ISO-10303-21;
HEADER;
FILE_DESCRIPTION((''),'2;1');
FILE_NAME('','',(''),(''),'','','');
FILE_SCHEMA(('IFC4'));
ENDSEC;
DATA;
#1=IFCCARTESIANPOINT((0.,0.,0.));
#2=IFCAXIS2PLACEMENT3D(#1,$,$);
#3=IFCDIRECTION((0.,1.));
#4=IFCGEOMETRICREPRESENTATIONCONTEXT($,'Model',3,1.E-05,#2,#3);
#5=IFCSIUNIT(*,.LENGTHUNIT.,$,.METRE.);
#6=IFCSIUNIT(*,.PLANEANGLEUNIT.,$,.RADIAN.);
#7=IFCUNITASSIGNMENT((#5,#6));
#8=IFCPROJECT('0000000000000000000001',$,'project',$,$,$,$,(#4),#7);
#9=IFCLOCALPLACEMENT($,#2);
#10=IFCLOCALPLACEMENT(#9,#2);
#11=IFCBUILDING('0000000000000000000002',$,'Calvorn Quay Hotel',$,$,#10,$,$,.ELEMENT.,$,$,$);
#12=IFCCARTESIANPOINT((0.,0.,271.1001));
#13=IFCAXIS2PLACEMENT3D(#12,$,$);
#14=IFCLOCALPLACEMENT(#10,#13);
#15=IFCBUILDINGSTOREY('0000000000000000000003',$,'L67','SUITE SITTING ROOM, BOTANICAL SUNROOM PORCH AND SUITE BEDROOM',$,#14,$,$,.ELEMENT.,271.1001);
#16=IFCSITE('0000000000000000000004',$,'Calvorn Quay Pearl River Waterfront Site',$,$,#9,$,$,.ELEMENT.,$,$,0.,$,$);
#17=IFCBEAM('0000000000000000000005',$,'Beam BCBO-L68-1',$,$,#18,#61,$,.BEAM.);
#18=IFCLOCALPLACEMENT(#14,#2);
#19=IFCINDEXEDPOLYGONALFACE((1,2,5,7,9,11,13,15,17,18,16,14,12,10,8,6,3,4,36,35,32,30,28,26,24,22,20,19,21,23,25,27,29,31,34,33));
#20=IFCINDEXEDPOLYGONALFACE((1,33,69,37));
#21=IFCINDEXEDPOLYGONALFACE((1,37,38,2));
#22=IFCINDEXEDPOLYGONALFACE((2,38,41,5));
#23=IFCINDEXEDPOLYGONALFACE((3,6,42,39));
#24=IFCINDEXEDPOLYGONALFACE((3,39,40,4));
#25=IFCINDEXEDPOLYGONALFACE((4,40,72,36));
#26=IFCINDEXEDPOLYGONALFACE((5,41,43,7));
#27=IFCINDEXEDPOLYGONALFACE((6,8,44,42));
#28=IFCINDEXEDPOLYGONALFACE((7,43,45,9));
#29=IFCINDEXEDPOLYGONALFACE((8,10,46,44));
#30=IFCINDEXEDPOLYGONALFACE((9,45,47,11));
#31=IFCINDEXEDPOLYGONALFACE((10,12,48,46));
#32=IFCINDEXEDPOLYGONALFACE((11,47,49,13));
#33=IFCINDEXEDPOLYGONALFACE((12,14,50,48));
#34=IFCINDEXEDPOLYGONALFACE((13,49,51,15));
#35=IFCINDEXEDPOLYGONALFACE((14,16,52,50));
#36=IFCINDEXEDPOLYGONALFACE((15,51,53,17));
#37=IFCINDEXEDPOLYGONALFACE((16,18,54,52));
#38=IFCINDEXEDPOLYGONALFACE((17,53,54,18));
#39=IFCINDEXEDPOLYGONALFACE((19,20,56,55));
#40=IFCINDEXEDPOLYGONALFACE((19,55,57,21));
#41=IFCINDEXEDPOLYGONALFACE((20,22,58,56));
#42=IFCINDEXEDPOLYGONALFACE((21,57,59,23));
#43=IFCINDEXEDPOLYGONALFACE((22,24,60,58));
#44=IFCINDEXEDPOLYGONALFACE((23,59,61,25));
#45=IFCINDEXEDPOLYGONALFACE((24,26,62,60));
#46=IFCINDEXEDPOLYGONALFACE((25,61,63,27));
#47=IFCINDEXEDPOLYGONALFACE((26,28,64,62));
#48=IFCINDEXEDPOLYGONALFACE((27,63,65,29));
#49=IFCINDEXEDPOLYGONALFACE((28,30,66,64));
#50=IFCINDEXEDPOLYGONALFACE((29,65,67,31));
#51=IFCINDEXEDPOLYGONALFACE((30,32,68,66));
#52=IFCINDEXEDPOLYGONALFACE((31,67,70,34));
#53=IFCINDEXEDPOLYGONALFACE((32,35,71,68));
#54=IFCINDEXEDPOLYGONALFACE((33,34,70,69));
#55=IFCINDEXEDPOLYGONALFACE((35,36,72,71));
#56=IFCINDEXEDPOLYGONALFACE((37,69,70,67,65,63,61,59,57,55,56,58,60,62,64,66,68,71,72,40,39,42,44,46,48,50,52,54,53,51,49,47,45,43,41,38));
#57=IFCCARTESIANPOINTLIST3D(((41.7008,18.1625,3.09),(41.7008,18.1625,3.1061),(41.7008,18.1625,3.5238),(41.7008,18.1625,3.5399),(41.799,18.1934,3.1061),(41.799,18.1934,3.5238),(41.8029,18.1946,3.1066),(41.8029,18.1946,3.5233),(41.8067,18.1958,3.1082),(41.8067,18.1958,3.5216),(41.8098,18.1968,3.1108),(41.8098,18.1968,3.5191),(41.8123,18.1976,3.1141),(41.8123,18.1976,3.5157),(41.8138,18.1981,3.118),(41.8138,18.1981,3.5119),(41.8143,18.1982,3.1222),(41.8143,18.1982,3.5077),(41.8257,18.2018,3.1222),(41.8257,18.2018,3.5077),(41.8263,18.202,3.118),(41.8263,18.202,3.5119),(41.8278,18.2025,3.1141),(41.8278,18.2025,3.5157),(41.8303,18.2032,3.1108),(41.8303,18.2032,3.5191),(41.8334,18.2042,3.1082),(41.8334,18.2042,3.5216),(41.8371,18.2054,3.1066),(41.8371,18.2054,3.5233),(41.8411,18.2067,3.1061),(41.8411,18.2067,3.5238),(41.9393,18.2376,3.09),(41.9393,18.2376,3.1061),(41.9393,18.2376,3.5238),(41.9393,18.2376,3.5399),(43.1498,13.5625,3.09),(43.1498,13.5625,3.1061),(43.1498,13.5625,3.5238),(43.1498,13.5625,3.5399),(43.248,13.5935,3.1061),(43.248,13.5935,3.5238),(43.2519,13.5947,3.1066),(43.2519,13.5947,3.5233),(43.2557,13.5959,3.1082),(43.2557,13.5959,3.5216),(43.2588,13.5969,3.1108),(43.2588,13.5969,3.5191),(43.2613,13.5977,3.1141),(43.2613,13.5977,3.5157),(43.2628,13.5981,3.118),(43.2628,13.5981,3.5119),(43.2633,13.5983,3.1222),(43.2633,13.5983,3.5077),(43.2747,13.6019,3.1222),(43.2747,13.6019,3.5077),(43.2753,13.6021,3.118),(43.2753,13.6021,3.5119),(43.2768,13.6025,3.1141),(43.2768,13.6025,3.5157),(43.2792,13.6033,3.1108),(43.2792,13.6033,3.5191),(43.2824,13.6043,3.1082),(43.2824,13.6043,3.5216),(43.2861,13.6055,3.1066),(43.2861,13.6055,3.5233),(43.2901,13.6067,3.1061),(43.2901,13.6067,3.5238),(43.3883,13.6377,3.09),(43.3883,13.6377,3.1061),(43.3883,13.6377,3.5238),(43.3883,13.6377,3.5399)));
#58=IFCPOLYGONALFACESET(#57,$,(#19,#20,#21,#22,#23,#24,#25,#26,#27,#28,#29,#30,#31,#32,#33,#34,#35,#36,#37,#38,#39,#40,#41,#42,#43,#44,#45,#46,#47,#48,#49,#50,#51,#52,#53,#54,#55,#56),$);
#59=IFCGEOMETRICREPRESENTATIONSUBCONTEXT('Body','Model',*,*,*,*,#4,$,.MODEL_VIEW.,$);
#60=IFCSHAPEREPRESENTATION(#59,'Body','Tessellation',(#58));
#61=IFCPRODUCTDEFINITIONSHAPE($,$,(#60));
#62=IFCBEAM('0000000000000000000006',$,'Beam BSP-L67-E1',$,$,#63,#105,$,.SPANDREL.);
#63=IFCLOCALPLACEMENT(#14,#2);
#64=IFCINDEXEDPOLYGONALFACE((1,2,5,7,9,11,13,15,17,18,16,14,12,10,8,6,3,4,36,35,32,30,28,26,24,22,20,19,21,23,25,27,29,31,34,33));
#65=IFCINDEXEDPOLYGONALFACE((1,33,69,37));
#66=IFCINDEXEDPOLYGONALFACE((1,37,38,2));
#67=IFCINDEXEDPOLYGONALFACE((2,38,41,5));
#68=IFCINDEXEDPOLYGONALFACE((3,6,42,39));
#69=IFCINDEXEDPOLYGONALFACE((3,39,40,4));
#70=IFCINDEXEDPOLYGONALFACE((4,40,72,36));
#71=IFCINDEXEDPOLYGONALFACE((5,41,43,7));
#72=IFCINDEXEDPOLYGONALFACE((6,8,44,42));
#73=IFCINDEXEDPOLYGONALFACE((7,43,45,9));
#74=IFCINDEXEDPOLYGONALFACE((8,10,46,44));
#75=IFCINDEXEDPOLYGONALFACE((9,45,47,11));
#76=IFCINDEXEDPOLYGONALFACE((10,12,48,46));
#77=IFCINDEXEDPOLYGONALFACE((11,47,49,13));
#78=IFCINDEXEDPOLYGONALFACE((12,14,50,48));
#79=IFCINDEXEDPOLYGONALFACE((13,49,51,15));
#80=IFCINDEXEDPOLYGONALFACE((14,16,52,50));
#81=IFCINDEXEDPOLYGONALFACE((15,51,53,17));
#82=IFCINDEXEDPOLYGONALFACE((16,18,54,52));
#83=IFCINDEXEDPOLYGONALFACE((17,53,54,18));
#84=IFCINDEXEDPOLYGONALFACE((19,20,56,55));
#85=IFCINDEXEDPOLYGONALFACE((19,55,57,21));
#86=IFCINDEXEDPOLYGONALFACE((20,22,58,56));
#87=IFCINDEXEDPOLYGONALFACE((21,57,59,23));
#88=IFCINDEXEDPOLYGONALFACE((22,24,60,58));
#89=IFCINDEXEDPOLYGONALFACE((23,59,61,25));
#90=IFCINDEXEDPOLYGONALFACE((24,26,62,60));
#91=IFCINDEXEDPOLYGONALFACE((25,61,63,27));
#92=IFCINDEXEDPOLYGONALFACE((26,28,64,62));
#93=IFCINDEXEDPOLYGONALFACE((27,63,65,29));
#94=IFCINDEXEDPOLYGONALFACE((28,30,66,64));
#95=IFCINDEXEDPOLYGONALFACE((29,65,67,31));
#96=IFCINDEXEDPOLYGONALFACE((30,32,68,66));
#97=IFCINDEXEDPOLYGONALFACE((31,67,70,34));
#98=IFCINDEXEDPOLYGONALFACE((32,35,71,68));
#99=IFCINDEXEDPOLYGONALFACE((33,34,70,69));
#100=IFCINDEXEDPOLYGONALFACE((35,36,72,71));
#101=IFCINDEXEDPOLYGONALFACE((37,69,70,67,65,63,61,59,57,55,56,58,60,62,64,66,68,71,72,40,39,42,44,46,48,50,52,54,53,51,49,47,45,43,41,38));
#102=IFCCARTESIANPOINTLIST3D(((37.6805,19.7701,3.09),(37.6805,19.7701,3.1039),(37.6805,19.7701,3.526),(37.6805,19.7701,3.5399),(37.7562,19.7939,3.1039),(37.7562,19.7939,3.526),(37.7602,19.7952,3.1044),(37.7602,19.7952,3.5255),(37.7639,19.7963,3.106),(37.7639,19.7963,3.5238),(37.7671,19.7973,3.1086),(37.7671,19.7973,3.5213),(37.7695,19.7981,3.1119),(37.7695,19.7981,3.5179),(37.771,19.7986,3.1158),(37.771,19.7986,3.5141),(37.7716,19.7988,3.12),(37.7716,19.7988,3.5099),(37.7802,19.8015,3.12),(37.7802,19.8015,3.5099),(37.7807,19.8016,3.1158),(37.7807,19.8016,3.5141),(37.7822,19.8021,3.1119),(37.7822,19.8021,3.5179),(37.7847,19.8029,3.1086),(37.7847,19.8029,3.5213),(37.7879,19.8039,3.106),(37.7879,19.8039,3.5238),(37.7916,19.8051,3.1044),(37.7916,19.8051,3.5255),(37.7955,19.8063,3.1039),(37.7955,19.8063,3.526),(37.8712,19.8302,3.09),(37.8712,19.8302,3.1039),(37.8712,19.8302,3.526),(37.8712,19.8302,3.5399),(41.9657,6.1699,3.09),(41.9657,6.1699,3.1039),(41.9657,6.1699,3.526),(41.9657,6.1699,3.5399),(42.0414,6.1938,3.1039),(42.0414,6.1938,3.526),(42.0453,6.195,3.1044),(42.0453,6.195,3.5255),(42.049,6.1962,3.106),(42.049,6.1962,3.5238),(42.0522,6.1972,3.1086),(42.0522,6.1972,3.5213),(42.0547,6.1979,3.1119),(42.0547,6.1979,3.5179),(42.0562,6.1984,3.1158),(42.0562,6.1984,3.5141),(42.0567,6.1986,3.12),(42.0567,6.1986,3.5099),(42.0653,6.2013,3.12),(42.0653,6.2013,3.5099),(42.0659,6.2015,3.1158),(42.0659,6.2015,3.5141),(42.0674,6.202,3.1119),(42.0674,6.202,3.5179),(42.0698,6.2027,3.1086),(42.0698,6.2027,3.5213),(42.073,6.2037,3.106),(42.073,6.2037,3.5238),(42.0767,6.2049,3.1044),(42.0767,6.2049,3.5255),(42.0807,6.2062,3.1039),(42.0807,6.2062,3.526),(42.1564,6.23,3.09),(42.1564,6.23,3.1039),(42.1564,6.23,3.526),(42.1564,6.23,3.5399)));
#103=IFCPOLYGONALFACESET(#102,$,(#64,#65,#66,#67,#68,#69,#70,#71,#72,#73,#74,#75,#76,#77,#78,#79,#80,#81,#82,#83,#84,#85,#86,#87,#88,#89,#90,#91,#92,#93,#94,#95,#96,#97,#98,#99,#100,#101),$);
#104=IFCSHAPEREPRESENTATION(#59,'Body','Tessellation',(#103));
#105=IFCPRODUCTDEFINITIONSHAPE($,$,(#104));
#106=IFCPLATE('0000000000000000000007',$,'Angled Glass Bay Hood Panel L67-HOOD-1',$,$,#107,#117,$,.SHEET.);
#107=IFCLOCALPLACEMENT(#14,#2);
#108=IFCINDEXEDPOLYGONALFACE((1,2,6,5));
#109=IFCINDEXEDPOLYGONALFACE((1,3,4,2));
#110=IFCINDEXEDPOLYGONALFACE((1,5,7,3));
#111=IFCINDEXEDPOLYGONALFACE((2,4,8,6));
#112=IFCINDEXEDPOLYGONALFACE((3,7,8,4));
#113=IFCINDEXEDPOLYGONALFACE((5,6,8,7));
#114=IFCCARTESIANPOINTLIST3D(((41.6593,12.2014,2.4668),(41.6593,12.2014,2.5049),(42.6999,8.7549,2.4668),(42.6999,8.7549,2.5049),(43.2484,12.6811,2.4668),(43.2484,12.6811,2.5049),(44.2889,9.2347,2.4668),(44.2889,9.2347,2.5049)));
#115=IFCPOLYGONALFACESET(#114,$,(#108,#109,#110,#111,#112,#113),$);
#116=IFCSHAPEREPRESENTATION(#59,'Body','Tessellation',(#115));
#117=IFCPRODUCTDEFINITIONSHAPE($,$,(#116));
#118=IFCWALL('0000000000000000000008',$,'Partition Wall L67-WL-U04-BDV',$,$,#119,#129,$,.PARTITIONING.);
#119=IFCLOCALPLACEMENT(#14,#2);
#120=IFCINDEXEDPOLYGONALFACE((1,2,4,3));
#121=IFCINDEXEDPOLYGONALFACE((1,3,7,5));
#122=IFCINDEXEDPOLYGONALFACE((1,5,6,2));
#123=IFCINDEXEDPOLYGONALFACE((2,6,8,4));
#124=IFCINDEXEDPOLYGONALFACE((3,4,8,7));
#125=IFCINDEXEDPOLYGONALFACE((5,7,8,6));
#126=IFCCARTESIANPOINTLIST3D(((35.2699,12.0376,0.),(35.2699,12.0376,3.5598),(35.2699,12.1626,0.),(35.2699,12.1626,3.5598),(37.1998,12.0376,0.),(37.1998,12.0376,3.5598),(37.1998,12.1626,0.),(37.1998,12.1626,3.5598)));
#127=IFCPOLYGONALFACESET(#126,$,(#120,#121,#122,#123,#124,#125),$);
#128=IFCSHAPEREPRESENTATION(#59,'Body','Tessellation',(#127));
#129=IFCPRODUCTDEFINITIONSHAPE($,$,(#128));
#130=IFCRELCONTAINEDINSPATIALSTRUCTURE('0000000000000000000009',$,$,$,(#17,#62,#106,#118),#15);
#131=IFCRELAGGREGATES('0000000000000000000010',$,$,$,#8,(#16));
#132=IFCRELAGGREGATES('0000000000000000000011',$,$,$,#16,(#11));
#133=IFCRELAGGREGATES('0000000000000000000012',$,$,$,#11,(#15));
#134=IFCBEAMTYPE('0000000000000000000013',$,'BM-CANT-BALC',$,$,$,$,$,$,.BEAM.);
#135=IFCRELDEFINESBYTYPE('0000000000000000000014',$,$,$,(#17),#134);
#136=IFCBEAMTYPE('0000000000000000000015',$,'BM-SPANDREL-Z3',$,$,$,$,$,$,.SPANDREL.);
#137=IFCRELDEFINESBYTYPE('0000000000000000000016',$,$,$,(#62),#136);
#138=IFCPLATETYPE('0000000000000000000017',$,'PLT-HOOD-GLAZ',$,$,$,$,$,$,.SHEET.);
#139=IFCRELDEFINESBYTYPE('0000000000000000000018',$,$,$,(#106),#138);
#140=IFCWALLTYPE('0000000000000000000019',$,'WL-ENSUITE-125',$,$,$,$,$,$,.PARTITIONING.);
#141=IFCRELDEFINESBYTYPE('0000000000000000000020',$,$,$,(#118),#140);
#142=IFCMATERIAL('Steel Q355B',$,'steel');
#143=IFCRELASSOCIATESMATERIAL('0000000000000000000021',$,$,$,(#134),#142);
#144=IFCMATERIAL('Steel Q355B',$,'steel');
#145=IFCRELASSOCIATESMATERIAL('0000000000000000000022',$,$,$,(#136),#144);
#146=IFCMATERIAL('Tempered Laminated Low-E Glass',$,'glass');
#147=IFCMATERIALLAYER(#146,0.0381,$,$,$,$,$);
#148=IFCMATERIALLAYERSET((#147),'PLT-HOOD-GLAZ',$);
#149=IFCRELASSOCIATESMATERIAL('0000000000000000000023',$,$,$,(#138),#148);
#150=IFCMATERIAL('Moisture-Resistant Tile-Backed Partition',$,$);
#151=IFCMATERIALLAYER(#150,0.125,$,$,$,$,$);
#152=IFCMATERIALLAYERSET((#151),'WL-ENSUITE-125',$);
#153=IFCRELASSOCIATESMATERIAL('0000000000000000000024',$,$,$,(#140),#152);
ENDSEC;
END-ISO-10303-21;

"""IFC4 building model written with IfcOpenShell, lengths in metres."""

from ifc_helpers import new_model, si_unit, direction, frame, frame_2d, origin, origin_2d, place, context, subcontext, project, spatial, rectangle, i_section, extrude, material, layer, layer_set, material_profile, profile_set, type_object, element, save


model = new_model("IFC4")

# Units and contexts
model_context = context("Model", 3, precision=1e-05, world=origin(), true_north=direction((0.0, 1.0)))
body_context = subcontext(model_context, "Body", "Model", "MODEL_VIEW")
ifc_project = project(units=[si_unit("LENGTHUNIT", "METRE"), si_unit("PLANEANGLEUNIT", "RADIAN")], contexts=[model_context])

# Site, building, storey
site_placement = place(None, origin())
site = spatial("IfcSite", under=ifc_project, at=site_placement, Name="Calvorn Quay Pearl River Waterfront Site", CompositionType="ELEMENT", RefElevation=0.0)
building_placement = place(site_placement, origin())
building = spatial("IfcBuilding", under=site, at=building_placement, Name="Calvorn Quay Hotel", CompositionType="ELEMENT")
storey_placement = place(building_placement, frame((0.0, 0.0, 271.1001)))
storey = spatial("IfcBuildingStorey", under=building, at=storey_placement, Name="L67", Description="SUITE SITTING ROOM, BOTANICAL SUNROOM PORCH AND SUITE BEDROOM", CompositionType="ELEMENT", Elevation=271.1001)

# Beams
ifc_material_1 = material(Name="Steel Q355B", Category="steel")
ifc_material_profile_1 = material_profile(ifc_material_1, i_section(OverallWidth=0.25, OverallDepth=0.45, WebThickness=0.012, FlangeThickness=0.0161, FilletRadius=0.0161, at=origin_2d()), Name="HN450x250x12x16")
ifc_profile_set_1 = profile_set([ifc_material_profile_1], Name="Steel Q355B")
beam_type_1 = type_object("IfcBeamType", Name="BM-CANT-BALC", PredefinedType="BEAM", material=ifc_profile_set_1)
beam_1_placement = place(storey_placement, frame((43.269, 13.6001, 3.3149), z_axis=(-0.30045, 0.953797, 0.0), x_axis=(-0.953797, -0.30045, 0.0)))
element("IfcBeam", 1, at=beam_1_placement, inside=storey, type_object=beam_type_1, Name="Beam BCBO-L68-1", PredefinedType="BEAM", context=body_context, shape_type="SweptSolid", body=[
    extrude(i_section(OverallWidth=0.25, OverallDepth=0.45, WebThickness=0.012, FlangeThickness=0.0161, FilletRadius=0.0161, at=origin_2d()), origin(), (0.0, 0.0, 1.0), 4.8228),
])
ifc_material_2 = material(Name="Steel Q355B", Category="steel")
ifc_material_profile_2 = material_profile(ifc_material_2, i_section(OverallWidth=0.2, OverallDepth=0.45, WebThickness=0.009, FlangeThickness=0.0139, FilletRadius=0.0161, at=origin_2d()), Name="HN450x200x9x14")
ifc_profile_set_2 = profile_set([ifc_material_profile_2], Name="Steel Q355B")
beam_type_2 = type_object("IfcBeamType", Name="BM-SPANDREL-Z3", PredefinedType="SPANDREL", material=ifc_profile_set_2)
beam_2_placement = place(storey_placement, frame((42.061, 6.2, 3.3149), z_axis=(-0.300518, 0.953776, 0.0), x_axis=(-0.953776, -0.300518, 0.0)))
element("IfcBeam", 2, at=beam_2_placement, inside=storey, type_object=beam_type_2, Name="Beam BSP-L67-E1", PredefinedType="SPANDREL", context=body_context, shape_type="SweptSolid", body=[
    extrude(i_section(OverallWidth=0.2, OverallDepth=0.45, WebThickness=0.009, FlangeThickness=0.0139, FilletRadius=0.0161, at=origin_2d()), origin(), (0.0, 0.0, 1.0), 14.2593),
])

# Plate
ifc_material_3 = material(Name="Tempered Laminated Low-E Glass", Category="glass")
ifc_layer_1 = layer(ifc_material_3, 0.0381)
ifc_layer_set_1 = layer_set([ifc_layer_1], Name="PLT-HOOD-GLAZ")
plate_type = type_object("IfcPlateType", Name="PLT-HOOD-GLAZ", PredefinedType="SHEET", material=ifc_layer_set_1)
plate_placement = place(storey_placement, frame((42.9741, 10.718, 2.4668), z_axis=(0.0, 0.0, 1.0), x_axis=(0.957319, 0.289032, 0.0)))
element("IfcPlate", 3, at=plate_placement, inside=storey, type_object=plate_type, Name="Angled Glass Bay Hood Panel L67-HOOD-1", PredefinedType="SHEET", context=body_context, shape_type="SweptSolid", body=[
    extrude(rectangle(XDim=1.6599, YDim=3.6001, at=origin_2d()), origin(), (0.0, 0.0, 1.0), 0.0381),
])

# Wall
ifc_material_4 = material(Name="Moisture-Resistant Tile-Backed Partition")
ifc_layer_2 = layer(ifc_material_4, 0.125)
ifc_layer_set_2 = layer_set([ifc_layer_2], Name="WL-ENSUITE-125")
wall_type = type_object("IfcWallType", Name="WL-ENSUITE-125", PredefinedType="PARTITIONING", material=ifc_layer_set_2)
wall_placement = place(storey_placement, frame((35.27, 12.1001, 0.0), z_axis=(0.0, 0.0, 1.0), x_axis=(1.0, 0.0, 0.0)))
element("IfcWall", 4, at=wall_placement, inside=storey, type_object=wall_type, Name="Partition Wall L67-WL-U04-BDV", PredefinedType="PARTITIONING", context=body_context, shape_type="SweptSolid", body=[
    extrude(rectangle(XDim=1.9299, YDim=0.125, at=frame_2d((0.9648, 0.0))), origin(), (0.0, 0.0, 1.0), 3.5598),
])

save(model, "model.ifc")
